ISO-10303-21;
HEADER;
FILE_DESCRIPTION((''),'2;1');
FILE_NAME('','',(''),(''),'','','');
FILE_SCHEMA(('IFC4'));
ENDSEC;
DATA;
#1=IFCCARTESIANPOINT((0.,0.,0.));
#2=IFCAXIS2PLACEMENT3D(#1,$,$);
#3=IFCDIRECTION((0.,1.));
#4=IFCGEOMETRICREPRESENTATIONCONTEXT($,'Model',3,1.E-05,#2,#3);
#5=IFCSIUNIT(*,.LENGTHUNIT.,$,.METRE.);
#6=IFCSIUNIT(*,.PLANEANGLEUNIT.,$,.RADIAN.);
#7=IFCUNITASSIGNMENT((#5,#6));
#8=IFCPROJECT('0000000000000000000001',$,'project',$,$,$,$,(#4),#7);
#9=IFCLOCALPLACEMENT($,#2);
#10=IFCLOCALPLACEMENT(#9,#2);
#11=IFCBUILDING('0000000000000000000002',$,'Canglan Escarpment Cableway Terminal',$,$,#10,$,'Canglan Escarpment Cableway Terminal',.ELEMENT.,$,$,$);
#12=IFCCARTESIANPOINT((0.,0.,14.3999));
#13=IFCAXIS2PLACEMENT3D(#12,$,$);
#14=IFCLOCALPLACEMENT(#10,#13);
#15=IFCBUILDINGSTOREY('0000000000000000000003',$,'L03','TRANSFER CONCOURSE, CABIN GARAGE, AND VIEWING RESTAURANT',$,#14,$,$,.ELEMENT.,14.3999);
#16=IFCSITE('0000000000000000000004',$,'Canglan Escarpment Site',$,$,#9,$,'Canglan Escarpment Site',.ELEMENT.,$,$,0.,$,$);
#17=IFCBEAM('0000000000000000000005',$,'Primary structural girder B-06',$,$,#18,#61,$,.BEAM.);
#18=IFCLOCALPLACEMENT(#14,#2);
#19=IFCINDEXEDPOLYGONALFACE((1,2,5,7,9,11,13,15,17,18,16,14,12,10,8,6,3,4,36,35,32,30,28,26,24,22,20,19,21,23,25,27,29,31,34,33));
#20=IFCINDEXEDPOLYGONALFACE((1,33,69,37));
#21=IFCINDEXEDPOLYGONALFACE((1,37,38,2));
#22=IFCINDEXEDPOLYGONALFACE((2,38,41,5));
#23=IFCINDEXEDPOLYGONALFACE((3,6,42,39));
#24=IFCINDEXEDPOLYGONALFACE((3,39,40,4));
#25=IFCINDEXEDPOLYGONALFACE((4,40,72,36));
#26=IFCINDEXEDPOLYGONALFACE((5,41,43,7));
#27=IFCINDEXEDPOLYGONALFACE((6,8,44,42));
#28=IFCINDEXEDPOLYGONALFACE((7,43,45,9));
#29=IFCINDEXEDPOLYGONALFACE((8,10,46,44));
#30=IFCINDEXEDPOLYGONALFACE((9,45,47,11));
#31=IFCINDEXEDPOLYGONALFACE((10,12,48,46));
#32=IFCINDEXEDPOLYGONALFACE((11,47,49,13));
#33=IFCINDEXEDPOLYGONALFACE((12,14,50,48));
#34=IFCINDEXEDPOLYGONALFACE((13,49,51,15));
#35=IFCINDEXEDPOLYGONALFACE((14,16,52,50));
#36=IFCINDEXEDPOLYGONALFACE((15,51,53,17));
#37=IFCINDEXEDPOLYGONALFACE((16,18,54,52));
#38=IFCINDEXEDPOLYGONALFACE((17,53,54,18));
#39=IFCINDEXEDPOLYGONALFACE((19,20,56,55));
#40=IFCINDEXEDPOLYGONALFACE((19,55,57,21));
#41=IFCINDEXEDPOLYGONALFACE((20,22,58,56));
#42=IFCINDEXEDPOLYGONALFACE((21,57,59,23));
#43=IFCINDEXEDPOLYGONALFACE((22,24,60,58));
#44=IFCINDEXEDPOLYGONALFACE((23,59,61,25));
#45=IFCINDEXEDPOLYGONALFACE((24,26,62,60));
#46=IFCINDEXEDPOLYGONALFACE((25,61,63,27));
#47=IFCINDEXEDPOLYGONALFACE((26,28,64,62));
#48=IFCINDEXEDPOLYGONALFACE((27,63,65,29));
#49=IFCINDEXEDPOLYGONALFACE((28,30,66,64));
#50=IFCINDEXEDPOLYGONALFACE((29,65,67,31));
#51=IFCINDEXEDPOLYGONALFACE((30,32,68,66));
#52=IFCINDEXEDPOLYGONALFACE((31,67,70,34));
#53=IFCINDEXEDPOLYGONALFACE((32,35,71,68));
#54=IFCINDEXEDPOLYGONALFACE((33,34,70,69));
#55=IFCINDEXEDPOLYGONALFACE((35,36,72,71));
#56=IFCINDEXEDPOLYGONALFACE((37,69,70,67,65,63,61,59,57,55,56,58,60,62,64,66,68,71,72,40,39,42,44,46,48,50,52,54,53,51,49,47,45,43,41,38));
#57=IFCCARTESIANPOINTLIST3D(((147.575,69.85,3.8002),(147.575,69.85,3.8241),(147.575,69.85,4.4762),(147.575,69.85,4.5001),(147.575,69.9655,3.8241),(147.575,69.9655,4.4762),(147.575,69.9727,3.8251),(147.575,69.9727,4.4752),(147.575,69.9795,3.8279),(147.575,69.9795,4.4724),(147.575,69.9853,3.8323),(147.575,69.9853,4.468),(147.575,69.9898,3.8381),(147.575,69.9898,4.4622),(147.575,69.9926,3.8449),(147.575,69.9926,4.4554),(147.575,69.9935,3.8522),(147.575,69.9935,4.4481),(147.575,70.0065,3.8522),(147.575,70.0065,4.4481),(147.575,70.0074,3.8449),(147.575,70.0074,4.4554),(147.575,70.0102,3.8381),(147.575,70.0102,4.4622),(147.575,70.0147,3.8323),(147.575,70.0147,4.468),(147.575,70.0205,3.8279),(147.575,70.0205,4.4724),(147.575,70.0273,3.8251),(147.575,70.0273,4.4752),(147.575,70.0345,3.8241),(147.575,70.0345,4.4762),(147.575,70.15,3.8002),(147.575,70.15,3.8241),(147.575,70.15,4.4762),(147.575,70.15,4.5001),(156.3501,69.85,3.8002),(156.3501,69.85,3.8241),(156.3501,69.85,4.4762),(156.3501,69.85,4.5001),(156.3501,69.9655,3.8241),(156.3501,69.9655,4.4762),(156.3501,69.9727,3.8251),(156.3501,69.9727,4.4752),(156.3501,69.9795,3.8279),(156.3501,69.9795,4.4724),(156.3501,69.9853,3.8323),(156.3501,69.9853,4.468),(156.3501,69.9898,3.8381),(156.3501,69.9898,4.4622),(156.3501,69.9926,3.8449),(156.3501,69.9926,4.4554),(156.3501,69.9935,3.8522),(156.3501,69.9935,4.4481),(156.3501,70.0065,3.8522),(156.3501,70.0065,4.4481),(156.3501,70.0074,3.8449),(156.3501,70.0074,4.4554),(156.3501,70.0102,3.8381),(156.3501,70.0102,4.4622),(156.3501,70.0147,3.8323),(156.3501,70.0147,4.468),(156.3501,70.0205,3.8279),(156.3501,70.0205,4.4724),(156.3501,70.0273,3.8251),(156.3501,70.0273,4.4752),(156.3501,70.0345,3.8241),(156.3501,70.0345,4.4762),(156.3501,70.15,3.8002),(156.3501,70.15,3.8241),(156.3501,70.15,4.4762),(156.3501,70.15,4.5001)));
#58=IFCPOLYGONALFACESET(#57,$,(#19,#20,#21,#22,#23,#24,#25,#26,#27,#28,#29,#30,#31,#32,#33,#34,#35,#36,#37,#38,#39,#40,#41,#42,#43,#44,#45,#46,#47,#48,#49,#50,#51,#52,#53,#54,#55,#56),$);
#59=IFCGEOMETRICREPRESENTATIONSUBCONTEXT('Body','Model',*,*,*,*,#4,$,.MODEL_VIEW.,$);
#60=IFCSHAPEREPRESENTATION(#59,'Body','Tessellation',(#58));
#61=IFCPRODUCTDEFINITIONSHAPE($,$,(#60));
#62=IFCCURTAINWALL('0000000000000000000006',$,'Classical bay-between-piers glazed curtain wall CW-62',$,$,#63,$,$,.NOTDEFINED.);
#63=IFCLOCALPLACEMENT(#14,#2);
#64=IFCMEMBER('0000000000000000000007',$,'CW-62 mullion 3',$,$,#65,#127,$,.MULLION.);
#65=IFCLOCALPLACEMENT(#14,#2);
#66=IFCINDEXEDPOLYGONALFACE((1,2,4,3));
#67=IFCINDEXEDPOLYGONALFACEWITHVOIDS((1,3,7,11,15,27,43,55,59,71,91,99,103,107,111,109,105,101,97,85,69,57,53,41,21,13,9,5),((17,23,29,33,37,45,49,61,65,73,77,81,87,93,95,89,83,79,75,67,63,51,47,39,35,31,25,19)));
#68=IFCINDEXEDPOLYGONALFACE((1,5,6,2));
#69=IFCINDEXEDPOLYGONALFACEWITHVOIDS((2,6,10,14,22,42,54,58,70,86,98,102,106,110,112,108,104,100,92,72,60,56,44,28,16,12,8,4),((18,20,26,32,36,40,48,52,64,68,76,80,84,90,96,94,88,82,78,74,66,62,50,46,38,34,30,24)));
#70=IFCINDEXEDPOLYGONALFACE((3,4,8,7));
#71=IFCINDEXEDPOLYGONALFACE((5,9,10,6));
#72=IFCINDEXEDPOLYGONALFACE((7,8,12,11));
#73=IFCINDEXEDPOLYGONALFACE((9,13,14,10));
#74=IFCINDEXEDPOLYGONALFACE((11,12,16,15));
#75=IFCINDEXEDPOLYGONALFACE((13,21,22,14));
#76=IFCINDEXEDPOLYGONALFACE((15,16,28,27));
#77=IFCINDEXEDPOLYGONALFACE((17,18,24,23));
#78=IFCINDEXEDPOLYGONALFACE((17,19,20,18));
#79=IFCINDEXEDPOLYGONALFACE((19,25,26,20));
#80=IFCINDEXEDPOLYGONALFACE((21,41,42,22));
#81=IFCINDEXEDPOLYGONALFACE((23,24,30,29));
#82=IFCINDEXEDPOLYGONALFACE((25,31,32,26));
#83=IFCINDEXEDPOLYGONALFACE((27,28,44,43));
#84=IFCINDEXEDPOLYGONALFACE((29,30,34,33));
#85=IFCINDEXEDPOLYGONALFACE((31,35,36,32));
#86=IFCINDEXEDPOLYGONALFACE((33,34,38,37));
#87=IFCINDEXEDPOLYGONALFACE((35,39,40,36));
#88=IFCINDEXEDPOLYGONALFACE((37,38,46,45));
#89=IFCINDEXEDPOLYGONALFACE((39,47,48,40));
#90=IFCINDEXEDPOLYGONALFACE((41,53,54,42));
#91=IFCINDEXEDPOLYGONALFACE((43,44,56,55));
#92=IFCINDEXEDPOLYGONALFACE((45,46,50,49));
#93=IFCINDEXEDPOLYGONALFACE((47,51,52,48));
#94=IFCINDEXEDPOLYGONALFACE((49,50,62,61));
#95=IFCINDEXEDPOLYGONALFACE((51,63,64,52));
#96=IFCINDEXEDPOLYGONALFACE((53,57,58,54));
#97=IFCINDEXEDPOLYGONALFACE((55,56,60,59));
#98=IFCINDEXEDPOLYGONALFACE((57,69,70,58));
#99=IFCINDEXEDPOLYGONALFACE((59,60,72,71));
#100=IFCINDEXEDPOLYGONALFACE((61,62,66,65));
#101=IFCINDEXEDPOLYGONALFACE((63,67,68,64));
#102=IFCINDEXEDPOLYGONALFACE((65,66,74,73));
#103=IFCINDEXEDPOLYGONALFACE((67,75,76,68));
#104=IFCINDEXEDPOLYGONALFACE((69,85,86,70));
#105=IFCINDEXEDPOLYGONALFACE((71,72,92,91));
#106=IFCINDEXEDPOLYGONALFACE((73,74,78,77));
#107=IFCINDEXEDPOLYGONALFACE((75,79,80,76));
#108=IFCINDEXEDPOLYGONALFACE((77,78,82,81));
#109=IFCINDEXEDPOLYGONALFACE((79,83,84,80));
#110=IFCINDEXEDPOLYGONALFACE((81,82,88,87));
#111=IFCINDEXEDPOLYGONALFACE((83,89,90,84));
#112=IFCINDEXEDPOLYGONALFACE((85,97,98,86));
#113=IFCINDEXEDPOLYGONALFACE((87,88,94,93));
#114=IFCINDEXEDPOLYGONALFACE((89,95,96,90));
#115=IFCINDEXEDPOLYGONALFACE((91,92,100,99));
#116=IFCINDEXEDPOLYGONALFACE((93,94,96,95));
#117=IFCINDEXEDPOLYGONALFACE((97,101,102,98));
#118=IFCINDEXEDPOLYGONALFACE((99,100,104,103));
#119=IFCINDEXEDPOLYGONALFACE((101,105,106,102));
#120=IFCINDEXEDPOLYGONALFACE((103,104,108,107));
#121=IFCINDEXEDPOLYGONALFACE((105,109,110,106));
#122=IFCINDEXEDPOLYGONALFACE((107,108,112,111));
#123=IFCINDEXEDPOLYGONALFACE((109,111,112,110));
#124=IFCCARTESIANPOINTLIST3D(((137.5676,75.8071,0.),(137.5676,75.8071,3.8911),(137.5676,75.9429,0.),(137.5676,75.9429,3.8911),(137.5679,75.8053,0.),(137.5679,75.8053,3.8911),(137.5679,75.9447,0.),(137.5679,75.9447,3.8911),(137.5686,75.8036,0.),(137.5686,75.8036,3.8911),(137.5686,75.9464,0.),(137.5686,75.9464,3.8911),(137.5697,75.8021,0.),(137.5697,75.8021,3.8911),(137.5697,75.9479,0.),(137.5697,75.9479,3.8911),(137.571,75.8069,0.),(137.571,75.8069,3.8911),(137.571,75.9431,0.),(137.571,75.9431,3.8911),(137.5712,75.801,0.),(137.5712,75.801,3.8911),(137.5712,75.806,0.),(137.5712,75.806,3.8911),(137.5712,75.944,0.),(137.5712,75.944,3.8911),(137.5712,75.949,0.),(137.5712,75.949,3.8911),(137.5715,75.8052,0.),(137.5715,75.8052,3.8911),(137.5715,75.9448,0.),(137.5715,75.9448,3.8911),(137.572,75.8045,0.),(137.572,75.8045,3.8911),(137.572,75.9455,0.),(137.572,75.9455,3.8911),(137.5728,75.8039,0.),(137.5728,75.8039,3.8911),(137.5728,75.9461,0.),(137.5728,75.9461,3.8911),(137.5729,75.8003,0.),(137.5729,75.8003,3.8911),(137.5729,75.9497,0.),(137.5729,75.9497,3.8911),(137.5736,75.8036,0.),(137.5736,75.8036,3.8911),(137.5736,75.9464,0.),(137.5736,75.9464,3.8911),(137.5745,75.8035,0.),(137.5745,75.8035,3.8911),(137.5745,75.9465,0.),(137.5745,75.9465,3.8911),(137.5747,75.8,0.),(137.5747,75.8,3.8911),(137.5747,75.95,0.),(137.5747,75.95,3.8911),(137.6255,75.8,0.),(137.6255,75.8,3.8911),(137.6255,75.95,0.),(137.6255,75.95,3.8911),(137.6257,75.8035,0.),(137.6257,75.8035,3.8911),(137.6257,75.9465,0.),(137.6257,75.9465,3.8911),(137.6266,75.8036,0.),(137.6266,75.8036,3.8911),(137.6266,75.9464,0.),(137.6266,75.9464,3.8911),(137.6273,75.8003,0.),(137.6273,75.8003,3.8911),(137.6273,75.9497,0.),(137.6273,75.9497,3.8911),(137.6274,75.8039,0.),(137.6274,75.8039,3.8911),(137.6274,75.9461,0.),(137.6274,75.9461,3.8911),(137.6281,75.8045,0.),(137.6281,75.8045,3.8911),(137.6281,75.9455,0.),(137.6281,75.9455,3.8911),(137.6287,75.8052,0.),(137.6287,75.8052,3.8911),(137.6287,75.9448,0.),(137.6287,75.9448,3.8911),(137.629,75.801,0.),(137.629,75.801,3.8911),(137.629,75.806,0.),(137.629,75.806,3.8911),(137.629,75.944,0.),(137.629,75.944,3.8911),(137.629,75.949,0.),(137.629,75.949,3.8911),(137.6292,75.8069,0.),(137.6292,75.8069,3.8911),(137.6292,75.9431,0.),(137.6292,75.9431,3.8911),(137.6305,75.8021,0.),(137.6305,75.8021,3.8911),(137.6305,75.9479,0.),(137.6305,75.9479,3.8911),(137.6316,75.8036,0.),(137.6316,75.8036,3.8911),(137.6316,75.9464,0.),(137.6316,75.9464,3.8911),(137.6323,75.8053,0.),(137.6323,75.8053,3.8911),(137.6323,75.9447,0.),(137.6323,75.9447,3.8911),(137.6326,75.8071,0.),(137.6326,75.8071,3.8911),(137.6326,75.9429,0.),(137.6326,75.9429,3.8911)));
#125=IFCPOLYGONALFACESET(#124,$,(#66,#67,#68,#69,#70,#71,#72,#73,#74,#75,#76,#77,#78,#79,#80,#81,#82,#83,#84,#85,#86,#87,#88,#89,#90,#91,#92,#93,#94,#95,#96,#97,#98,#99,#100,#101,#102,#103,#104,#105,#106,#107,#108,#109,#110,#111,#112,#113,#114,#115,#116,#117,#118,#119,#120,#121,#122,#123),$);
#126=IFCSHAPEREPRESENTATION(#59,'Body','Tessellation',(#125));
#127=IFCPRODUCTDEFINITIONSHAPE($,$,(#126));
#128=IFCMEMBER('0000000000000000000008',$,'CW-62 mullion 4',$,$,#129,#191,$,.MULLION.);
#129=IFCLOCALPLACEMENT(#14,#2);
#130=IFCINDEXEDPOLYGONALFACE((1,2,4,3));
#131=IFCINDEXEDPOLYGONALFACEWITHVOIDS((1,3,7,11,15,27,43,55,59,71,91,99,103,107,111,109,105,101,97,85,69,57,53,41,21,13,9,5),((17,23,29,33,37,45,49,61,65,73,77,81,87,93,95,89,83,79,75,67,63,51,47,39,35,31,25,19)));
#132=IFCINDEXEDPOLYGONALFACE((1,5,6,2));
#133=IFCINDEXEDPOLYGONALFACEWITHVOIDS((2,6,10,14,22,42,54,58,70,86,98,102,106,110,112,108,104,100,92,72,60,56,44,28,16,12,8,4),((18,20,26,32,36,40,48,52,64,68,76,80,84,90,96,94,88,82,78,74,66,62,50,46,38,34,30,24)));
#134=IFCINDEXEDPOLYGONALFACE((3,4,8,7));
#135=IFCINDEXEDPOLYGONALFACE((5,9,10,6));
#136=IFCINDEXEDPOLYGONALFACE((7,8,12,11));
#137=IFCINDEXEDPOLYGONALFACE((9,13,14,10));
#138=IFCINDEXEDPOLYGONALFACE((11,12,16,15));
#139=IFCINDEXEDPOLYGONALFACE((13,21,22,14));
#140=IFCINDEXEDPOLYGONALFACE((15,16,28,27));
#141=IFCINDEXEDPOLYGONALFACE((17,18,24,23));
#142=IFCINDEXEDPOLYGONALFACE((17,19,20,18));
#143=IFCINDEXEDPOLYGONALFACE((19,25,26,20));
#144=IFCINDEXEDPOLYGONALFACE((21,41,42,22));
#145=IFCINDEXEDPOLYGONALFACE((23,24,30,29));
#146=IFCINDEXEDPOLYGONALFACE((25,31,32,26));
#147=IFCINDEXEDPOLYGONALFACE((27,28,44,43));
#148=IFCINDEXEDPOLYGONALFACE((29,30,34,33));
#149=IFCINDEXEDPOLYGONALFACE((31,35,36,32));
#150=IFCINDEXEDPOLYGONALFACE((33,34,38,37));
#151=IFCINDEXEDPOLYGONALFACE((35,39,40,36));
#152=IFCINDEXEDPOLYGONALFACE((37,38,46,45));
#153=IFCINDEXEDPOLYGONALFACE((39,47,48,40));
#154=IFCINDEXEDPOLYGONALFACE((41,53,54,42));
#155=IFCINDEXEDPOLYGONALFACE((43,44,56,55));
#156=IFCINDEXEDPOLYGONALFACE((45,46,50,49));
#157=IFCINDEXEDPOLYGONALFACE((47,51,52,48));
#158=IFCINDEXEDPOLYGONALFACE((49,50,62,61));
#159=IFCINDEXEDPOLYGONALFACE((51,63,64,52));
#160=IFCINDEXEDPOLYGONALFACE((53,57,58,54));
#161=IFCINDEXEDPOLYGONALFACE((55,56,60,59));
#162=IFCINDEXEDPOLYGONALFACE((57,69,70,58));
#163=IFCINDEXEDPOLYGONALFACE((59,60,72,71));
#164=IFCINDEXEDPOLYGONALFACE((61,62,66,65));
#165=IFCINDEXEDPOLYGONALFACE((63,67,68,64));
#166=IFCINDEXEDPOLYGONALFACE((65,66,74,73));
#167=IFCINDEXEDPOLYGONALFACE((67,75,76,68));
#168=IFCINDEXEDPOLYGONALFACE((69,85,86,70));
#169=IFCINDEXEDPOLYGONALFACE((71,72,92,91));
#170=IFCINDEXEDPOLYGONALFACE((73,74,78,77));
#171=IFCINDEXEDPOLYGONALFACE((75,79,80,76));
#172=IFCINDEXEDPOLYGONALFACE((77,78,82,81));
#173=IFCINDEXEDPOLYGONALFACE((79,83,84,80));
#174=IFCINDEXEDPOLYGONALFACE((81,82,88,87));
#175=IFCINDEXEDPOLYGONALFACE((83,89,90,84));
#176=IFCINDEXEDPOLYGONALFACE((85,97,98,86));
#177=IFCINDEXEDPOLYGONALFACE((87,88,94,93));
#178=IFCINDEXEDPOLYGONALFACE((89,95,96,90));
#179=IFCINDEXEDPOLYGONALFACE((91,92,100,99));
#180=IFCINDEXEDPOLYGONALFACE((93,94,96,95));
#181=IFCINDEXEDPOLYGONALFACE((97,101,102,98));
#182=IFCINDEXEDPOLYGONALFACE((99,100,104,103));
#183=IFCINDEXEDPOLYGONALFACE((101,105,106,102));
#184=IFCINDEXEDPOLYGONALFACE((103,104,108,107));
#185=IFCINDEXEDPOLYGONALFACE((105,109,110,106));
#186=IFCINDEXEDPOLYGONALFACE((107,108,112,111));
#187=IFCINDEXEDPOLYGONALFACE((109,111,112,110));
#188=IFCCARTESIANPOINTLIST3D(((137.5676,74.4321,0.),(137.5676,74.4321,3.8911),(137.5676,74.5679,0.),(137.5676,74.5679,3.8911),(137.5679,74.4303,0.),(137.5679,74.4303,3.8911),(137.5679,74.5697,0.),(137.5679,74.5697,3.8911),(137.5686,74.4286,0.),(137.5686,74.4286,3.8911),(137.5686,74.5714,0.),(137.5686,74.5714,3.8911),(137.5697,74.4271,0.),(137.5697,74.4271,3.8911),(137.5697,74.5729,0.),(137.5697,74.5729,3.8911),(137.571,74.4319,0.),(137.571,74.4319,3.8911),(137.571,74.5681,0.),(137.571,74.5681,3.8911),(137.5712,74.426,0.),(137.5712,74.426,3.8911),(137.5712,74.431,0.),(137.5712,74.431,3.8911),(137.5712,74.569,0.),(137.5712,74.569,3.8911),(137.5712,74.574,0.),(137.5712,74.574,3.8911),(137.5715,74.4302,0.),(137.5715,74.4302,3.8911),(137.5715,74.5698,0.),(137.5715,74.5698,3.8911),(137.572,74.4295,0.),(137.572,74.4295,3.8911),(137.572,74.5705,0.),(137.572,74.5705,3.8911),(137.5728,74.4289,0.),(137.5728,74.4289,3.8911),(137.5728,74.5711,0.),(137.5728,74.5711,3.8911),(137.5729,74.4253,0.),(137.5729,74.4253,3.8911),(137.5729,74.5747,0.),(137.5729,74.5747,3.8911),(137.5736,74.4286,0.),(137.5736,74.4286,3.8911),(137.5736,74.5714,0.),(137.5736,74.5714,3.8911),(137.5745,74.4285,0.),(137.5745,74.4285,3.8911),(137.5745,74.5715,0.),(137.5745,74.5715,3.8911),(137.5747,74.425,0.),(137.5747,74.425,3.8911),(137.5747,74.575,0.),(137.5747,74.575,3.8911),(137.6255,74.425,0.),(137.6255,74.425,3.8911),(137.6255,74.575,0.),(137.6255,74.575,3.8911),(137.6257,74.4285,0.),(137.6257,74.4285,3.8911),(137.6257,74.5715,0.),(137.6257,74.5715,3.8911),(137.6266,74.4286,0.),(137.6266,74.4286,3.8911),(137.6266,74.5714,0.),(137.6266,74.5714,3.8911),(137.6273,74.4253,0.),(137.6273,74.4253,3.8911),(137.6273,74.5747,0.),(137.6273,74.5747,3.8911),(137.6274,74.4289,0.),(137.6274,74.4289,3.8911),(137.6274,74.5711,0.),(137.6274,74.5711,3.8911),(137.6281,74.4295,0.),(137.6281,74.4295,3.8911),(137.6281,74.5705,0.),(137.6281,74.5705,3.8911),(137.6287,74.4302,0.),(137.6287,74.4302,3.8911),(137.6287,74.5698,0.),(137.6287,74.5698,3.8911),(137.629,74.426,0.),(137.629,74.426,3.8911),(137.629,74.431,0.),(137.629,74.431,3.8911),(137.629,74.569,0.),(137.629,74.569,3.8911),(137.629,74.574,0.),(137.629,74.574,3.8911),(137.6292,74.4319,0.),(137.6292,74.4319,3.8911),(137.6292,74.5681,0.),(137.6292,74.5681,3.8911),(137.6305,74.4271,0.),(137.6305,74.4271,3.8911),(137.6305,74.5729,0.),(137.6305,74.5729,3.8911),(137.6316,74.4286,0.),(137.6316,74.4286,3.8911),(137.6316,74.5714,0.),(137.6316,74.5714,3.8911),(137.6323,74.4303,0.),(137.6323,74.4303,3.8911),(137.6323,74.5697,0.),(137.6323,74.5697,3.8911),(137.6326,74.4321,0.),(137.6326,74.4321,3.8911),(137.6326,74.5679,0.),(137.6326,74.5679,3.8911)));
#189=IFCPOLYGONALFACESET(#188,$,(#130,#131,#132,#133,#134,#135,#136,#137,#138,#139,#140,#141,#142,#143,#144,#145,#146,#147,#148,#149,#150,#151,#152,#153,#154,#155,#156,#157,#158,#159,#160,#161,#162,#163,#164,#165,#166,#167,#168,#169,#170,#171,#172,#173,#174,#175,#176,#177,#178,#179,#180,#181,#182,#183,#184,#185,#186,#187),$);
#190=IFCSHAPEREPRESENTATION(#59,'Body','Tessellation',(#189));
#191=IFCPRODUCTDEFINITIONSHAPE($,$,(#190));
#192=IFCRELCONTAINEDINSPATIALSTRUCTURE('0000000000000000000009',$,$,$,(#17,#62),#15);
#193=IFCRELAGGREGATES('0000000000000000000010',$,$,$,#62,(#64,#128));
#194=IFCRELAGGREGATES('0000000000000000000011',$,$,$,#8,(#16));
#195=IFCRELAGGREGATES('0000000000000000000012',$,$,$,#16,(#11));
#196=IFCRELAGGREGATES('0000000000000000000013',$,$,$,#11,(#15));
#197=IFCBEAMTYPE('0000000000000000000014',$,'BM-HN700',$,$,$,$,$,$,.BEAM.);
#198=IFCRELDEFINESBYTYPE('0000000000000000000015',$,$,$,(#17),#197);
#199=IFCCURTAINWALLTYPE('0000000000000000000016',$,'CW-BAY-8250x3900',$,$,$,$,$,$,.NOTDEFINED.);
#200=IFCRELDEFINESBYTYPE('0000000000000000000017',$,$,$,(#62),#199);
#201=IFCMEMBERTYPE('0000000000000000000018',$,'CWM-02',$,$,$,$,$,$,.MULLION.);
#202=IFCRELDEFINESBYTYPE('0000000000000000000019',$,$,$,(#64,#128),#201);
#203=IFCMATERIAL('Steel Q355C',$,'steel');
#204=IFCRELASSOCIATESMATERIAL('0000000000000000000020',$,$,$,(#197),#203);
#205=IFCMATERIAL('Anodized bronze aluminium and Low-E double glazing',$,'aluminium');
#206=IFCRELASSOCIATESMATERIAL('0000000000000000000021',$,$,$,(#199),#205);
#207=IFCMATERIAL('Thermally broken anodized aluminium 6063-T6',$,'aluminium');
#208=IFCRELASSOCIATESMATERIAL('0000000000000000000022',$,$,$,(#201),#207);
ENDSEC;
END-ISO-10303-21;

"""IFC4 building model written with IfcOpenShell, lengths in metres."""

from ifc_helpers import new_model, si_unit, direction, frame, origin, origin_2d, place, context, subcontext, project, spatial, hollow_rectangle, i_section, extrude, material, material_profile, profile_set, type_object, element, aggregate, save


model = new_model("IFC4")

# Units and contexts
model_context = context("Model", 3, precision=1e-05, world=origin(), true_north=direction((0.0, 1.0)))
body_context = subcontext(model_context, "Body", "Model", "MODEL_VIEW")
ifc_project = project(units=[si_unit("LENGTHUNIT", "METRE"), si_unit("PLANEANGLEUNIT", "RADIAN")], contexts=[model_context])

# Site, building, storey
site_placement = place(None, origin())
site = spatial("IfcSite", under=ifc_project, at=site_placement, Name="Canglan Escarpment Site", LongName="Canglan Escarpment Site", CompositionType="ELEMENT", RefElevation=0.0)
building_placement = place(site_placement, origin())
building = spatial("IfcBuilding", under=site, at=building_placement, Name="Canglan Escarpment Cableway Terminal", LongName="Canglan Escarpment Cableway Terminal", CompositionType="ELEMENT")
storey_placement = place(building_placement, frame((0.0, 0.0, 14.3999)))
storey = spatial("IfcBuildingStorey", under=building, at=storey_placement, Name="L03", Description="TRANSFER CONCOURSE, CABIN GARAGE, AND VIEWING RESTAURANT", CompositionType="ELEMENT", Elevation=14.3999)

# Beam
ifc_material_1 = material(Name="Steel Q355C", Category="steel")
ifc_material_profile_1 = material_profile(ifc_material_1, i_section(OverallWidth=0.3, OverallDepth=0.7, WebThickness=0.0129, FlangeThickness=0.0239, FilletRadius=0.0281, at=origin_2d()), Name="HN 700x300x13x24")
ifc_profile_set_1 = profile_set([ifc_material_profile_1], Name="Steel Q355C")
beam_type_1 = type_object("IfcBeamType", Name="BM-HN700", PredefinedType="BEAM", material=ifc_profile_set_1)
beam_1_placement = place(storey_placement, frame((147.575, 70.0, 4.1501), z_axis=(1.0, 0.0, 0.0), x_axis=(0.0, 1.0, 0.0)))
element("IfcBeam", 1, at=beam_1_placement, inside=storey, type_object=beam_type_1, Name="Primary structural girder B-06", PredefinedType="BEAM", context=body_context, shape_type="SweptSolid", body=[
    extrude(i_section(OverallWidth=0.3, OverallDepth=0.7, WebThickness=0.0129, FlangeThickness=0.0239, FilletRadius=0.0281, at=origin_2d()), origin(), (0.0, 0.0, 1.0), 8.7751),
])

# Curtain wall, members
ifc_material_2 = material(Name="Anodized bronze aluminium and Low-E double glazing", Category="aluminium")
curtain_wall_type = type_object("IfcCurtainWallType", Name="CW-BAY-8250x3900", PredefinedType="NOTDEFINED", material=ifc_material_2)
curtain_wall_placement = place(storey_placement, origin())
curtain_wall = element("IfcCurtainWall", 2, at=curtain_wall_placement, inside=storey, type_object=curtain_wall_type, Name="Classical bay-between-piers glazed curtain wall CW-62", PredefinedType="NOTDEFINED")
ifc_material_3 = material(Name="Thermally broken anodized aluminium 6063-T6", Category="aluminium")
ifc_material_profile_2 = material_profile(ifc_material_3, hollow_rectangle(XDim=0.0649, YDim=0.1499, WallThickness=0.0034, InnerFilletRadius=0.0034, OuterFilletRadius=0.0071, at=origin_2d()), Name="ALU-MULL 65x150x3.5")
ifc_profile_set_2 = profile_set([ifc_material_profile_2], Name="Thermally broken anodized aluminium 6063-T6")
member_type_1 = type_object("IfcMemberType", Name="CWM-02", PredefinedType="MULLION", material=ifc_profile_set_2)
member_1_placement = place(storey_placement, frame((137.6001, 75.875, 0.0), z_axis=(0.0, 0.0, 1.0), x_axis=(1.0, 0.0, 0.0)))
member_1 = element("IfcMember", 3, at=member_1_placement, type_object=member_type_1, Name="CW-62 mullion 3", PredefinedType="MULLION", context=body_context, shape_type="SweptSolid", body=[
    extrude(hollow_rectangle(XDim=0.0649, YDim=0.1499, WallThickness=0.0034, InnerFilletRadius=0.0034, OuterFilletRadius=0.0071, at=origin_2d()), origin(), (0.0, 0.0, 1.0), 3.8911),
])
member_2_placement = place(storey_placement, frame((137.6001, 74.5, 0.0), z_axis=(0.0, 0.0, 1.0), x_axis=(1.0, 0.0, 0.0)))
member_2 = element("IfcMember", 4, at=member_2_placement, type_object=member_type_1, Name="CW-62 mullion 4", PredefinedType="MULLION", context=body_context, shape_type="SweptSolid", body=[
    extrude(hollow_rectangle(XDim=0.0649, YDim=0.1499, WallThickness=0.0034, InnerFilletRadius=0.0034, OuterFilletRadius=0.0071, at=origin_2d()), origin(), (0.0, 0.0, 1.0), 3.8911),
])

aggregate(curtain_wall, [member_1, member_2])

save(model, "model.ifc")
